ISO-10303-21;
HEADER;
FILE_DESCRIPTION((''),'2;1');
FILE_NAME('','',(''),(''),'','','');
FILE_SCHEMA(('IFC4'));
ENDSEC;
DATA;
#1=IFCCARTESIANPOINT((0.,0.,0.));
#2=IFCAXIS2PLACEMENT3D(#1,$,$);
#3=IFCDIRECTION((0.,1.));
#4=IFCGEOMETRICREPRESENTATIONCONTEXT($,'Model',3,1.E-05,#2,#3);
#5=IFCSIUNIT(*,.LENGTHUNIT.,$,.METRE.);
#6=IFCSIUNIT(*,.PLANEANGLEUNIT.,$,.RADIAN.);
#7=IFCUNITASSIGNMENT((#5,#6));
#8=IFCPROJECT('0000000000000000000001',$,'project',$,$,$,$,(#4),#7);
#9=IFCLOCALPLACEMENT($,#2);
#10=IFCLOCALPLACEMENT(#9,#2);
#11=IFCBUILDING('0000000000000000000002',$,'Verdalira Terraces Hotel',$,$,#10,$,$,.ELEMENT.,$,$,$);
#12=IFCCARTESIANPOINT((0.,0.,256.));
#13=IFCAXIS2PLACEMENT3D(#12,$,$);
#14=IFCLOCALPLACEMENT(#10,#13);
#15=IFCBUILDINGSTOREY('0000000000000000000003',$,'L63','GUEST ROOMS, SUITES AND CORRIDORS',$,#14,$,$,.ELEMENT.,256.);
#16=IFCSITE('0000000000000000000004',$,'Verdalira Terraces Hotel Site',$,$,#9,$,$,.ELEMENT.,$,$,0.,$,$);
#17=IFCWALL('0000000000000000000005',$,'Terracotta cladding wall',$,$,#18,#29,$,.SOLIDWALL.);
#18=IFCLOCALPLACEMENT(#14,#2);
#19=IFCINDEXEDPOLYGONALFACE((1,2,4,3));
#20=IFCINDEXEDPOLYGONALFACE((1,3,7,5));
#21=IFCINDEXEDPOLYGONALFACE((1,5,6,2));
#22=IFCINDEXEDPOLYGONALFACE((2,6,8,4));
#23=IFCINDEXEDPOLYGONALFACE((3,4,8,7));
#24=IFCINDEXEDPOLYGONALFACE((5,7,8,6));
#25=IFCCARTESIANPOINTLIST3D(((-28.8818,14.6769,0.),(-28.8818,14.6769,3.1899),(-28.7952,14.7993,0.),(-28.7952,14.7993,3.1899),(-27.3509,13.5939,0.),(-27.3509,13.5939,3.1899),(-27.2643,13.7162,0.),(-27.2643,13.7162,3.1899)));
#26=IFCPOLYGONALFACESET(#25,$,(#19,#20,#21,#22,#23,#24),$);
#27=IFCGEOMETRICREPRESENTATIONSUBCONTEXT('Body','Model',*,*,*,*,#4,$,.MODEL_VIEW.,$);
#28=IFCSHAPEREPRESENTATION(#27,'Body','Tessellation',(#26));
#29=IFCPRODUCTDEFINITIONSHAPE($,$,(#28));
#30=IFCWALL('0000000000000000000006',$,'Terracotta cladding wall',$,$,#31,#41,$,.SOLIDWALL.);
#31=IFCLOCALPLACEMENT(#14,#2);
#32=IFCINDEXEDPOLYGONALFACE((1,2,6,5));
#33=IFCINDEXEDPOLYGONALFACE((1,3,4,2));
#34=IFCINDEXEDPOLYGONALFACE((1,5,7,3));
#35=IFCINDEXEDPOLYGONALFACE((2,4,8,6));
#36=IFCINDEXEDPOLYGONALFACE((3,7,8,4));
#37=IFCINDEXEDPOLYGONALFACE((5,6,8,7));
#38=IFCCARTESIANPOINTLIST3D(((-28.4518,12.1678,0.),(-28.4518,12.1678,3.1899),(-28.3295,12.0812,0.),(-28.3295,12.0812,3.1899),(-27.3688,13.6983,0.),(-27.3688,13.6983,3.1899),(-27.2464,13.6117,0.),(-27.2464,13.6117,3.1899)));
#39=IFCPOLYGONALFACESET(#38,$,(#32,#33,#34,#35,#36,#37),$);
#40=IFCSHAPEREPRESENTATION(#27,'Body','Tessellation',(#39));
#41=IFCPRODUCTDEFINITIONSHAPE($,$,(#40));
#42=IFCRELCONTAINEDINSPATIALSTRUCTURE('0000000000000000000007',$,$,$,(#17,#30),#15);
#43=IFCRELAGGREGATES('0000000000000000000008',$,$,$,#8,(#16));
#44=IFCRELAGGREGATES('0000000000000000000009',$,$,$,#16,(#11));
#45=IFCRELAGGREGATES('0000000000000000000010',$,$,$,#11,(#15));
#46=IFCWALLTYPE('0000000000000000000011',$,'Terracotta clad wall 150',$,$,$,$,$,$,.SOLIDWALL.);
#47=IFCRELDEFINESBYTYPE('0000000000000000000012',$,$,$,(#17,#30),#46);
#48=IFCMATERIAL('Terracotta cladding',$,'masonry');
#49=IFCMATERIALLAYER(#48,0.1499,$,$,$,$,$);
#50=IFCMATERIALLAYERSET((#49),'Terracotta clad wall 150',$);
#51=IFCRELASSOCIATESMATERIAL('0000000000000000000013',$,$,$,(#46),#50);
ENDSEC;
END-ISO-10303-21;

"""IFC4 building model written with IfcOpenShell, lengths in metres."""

from ifc_helpers import new_model, si_unit, direction, frame, frame_2d, origin, place, context, subcontext, project, spatial, rectangle, extrude, material, layer, layer_set, type_object, element, save


model = new_model("IFC4")

# Units and contexts
model_context = context("Model", 3, precision=1e-05, world=origin(), true_north=direction((0.0, 1.0)))
body_context = subcontext(model_context, "Body", "Model", "MODEL_VIEW")
ifc_project = project(units=[si_unit("LENGTHUNIT", "METRE"), si_unit("PLANEANGLEUNIT", "RADIAN")], contexts=[model_context])

# Site, building, storey
site_placement = place(None, origin())
site = spatial("IfcSite", under=ifc_project, at=site_placement, Name="Verdalira Terraces Hotel Site", CompositionType="ELEMENT", RefElevation=0.0)
building_placement = place(site_placement, origin())
building = spatial("IfcBuilding", under=site, at=building_placement, Name="Verdalira Terraces Hotel", CompositionType="ELEMENT")
storey_placement = place(building_placement, frame((0.0, 0.0, 256.0)))
storey = spatial("IfcBuildingStorey", under=building, at=storey_placement, Name="L63", Description="GUEST ROOMS, SUITES AND CORRIDORS", CompositionType="ELEMENT", Elevation=256.0)

# Walls
ifc_material_1 = material(Name="Terracotta cladding", Category="masonry")
ifc_layer_1 = layer(ifc_material_1, 0.1499)
ifc_layer_set_1 = layer_set([ifc_layer_1], Name="Terracotta clad wall 150")
wall_type_1 = type_object("IfcWallType", Name="Terracotta clad wall 150", PredefinedType="SOLIDWALL", material=ifc_layer_set_1)
wall_1_placement = place(storey_placement, frame((-28.8384, 14.738, 0.0), z_axis=(0.0, 0.0, 1.0), x_axis=(0.816347, -0.577562, 0.0)))
element("IfcWall", 1, at=wall_1_placement, inside=storey, type_object=wall_type_1, Name="Terracotta cladding wall", PredefinedType="SOLIDWALL", context=body_context, shape_type="SweptSolid", body=[
    extrude(rectangle(XDim=1.8752, YDim=0.1499, at=frame_2d((0.9375, 0.0))), origin(), (0.0, 0.0, 1.0), 3.1899),
])
wall_2_placement = place(storey_placement, frame((-27.3076, 13.655, 0.0), z_axis=(0.0, 0.0, 1.0), x_axis=(-0.577623, -0.816303, 0.0)))
element("IfcWall", 2, at=wall_2_placement, inside=storey, type_object=wall_type_1, Name="Terracotta cladding wall", PredefinedType="SOLIDWALL", context=body_context, shape_type="SweptSolid", body=[
    extrude(rectangle(XDim=1.875, YDim=0.1499, at=frame_2d((0.9375, 0.0))), origin(), (0.0, 0.0, 1.0), 3.1899),
])

save(model, "model.ifc")
